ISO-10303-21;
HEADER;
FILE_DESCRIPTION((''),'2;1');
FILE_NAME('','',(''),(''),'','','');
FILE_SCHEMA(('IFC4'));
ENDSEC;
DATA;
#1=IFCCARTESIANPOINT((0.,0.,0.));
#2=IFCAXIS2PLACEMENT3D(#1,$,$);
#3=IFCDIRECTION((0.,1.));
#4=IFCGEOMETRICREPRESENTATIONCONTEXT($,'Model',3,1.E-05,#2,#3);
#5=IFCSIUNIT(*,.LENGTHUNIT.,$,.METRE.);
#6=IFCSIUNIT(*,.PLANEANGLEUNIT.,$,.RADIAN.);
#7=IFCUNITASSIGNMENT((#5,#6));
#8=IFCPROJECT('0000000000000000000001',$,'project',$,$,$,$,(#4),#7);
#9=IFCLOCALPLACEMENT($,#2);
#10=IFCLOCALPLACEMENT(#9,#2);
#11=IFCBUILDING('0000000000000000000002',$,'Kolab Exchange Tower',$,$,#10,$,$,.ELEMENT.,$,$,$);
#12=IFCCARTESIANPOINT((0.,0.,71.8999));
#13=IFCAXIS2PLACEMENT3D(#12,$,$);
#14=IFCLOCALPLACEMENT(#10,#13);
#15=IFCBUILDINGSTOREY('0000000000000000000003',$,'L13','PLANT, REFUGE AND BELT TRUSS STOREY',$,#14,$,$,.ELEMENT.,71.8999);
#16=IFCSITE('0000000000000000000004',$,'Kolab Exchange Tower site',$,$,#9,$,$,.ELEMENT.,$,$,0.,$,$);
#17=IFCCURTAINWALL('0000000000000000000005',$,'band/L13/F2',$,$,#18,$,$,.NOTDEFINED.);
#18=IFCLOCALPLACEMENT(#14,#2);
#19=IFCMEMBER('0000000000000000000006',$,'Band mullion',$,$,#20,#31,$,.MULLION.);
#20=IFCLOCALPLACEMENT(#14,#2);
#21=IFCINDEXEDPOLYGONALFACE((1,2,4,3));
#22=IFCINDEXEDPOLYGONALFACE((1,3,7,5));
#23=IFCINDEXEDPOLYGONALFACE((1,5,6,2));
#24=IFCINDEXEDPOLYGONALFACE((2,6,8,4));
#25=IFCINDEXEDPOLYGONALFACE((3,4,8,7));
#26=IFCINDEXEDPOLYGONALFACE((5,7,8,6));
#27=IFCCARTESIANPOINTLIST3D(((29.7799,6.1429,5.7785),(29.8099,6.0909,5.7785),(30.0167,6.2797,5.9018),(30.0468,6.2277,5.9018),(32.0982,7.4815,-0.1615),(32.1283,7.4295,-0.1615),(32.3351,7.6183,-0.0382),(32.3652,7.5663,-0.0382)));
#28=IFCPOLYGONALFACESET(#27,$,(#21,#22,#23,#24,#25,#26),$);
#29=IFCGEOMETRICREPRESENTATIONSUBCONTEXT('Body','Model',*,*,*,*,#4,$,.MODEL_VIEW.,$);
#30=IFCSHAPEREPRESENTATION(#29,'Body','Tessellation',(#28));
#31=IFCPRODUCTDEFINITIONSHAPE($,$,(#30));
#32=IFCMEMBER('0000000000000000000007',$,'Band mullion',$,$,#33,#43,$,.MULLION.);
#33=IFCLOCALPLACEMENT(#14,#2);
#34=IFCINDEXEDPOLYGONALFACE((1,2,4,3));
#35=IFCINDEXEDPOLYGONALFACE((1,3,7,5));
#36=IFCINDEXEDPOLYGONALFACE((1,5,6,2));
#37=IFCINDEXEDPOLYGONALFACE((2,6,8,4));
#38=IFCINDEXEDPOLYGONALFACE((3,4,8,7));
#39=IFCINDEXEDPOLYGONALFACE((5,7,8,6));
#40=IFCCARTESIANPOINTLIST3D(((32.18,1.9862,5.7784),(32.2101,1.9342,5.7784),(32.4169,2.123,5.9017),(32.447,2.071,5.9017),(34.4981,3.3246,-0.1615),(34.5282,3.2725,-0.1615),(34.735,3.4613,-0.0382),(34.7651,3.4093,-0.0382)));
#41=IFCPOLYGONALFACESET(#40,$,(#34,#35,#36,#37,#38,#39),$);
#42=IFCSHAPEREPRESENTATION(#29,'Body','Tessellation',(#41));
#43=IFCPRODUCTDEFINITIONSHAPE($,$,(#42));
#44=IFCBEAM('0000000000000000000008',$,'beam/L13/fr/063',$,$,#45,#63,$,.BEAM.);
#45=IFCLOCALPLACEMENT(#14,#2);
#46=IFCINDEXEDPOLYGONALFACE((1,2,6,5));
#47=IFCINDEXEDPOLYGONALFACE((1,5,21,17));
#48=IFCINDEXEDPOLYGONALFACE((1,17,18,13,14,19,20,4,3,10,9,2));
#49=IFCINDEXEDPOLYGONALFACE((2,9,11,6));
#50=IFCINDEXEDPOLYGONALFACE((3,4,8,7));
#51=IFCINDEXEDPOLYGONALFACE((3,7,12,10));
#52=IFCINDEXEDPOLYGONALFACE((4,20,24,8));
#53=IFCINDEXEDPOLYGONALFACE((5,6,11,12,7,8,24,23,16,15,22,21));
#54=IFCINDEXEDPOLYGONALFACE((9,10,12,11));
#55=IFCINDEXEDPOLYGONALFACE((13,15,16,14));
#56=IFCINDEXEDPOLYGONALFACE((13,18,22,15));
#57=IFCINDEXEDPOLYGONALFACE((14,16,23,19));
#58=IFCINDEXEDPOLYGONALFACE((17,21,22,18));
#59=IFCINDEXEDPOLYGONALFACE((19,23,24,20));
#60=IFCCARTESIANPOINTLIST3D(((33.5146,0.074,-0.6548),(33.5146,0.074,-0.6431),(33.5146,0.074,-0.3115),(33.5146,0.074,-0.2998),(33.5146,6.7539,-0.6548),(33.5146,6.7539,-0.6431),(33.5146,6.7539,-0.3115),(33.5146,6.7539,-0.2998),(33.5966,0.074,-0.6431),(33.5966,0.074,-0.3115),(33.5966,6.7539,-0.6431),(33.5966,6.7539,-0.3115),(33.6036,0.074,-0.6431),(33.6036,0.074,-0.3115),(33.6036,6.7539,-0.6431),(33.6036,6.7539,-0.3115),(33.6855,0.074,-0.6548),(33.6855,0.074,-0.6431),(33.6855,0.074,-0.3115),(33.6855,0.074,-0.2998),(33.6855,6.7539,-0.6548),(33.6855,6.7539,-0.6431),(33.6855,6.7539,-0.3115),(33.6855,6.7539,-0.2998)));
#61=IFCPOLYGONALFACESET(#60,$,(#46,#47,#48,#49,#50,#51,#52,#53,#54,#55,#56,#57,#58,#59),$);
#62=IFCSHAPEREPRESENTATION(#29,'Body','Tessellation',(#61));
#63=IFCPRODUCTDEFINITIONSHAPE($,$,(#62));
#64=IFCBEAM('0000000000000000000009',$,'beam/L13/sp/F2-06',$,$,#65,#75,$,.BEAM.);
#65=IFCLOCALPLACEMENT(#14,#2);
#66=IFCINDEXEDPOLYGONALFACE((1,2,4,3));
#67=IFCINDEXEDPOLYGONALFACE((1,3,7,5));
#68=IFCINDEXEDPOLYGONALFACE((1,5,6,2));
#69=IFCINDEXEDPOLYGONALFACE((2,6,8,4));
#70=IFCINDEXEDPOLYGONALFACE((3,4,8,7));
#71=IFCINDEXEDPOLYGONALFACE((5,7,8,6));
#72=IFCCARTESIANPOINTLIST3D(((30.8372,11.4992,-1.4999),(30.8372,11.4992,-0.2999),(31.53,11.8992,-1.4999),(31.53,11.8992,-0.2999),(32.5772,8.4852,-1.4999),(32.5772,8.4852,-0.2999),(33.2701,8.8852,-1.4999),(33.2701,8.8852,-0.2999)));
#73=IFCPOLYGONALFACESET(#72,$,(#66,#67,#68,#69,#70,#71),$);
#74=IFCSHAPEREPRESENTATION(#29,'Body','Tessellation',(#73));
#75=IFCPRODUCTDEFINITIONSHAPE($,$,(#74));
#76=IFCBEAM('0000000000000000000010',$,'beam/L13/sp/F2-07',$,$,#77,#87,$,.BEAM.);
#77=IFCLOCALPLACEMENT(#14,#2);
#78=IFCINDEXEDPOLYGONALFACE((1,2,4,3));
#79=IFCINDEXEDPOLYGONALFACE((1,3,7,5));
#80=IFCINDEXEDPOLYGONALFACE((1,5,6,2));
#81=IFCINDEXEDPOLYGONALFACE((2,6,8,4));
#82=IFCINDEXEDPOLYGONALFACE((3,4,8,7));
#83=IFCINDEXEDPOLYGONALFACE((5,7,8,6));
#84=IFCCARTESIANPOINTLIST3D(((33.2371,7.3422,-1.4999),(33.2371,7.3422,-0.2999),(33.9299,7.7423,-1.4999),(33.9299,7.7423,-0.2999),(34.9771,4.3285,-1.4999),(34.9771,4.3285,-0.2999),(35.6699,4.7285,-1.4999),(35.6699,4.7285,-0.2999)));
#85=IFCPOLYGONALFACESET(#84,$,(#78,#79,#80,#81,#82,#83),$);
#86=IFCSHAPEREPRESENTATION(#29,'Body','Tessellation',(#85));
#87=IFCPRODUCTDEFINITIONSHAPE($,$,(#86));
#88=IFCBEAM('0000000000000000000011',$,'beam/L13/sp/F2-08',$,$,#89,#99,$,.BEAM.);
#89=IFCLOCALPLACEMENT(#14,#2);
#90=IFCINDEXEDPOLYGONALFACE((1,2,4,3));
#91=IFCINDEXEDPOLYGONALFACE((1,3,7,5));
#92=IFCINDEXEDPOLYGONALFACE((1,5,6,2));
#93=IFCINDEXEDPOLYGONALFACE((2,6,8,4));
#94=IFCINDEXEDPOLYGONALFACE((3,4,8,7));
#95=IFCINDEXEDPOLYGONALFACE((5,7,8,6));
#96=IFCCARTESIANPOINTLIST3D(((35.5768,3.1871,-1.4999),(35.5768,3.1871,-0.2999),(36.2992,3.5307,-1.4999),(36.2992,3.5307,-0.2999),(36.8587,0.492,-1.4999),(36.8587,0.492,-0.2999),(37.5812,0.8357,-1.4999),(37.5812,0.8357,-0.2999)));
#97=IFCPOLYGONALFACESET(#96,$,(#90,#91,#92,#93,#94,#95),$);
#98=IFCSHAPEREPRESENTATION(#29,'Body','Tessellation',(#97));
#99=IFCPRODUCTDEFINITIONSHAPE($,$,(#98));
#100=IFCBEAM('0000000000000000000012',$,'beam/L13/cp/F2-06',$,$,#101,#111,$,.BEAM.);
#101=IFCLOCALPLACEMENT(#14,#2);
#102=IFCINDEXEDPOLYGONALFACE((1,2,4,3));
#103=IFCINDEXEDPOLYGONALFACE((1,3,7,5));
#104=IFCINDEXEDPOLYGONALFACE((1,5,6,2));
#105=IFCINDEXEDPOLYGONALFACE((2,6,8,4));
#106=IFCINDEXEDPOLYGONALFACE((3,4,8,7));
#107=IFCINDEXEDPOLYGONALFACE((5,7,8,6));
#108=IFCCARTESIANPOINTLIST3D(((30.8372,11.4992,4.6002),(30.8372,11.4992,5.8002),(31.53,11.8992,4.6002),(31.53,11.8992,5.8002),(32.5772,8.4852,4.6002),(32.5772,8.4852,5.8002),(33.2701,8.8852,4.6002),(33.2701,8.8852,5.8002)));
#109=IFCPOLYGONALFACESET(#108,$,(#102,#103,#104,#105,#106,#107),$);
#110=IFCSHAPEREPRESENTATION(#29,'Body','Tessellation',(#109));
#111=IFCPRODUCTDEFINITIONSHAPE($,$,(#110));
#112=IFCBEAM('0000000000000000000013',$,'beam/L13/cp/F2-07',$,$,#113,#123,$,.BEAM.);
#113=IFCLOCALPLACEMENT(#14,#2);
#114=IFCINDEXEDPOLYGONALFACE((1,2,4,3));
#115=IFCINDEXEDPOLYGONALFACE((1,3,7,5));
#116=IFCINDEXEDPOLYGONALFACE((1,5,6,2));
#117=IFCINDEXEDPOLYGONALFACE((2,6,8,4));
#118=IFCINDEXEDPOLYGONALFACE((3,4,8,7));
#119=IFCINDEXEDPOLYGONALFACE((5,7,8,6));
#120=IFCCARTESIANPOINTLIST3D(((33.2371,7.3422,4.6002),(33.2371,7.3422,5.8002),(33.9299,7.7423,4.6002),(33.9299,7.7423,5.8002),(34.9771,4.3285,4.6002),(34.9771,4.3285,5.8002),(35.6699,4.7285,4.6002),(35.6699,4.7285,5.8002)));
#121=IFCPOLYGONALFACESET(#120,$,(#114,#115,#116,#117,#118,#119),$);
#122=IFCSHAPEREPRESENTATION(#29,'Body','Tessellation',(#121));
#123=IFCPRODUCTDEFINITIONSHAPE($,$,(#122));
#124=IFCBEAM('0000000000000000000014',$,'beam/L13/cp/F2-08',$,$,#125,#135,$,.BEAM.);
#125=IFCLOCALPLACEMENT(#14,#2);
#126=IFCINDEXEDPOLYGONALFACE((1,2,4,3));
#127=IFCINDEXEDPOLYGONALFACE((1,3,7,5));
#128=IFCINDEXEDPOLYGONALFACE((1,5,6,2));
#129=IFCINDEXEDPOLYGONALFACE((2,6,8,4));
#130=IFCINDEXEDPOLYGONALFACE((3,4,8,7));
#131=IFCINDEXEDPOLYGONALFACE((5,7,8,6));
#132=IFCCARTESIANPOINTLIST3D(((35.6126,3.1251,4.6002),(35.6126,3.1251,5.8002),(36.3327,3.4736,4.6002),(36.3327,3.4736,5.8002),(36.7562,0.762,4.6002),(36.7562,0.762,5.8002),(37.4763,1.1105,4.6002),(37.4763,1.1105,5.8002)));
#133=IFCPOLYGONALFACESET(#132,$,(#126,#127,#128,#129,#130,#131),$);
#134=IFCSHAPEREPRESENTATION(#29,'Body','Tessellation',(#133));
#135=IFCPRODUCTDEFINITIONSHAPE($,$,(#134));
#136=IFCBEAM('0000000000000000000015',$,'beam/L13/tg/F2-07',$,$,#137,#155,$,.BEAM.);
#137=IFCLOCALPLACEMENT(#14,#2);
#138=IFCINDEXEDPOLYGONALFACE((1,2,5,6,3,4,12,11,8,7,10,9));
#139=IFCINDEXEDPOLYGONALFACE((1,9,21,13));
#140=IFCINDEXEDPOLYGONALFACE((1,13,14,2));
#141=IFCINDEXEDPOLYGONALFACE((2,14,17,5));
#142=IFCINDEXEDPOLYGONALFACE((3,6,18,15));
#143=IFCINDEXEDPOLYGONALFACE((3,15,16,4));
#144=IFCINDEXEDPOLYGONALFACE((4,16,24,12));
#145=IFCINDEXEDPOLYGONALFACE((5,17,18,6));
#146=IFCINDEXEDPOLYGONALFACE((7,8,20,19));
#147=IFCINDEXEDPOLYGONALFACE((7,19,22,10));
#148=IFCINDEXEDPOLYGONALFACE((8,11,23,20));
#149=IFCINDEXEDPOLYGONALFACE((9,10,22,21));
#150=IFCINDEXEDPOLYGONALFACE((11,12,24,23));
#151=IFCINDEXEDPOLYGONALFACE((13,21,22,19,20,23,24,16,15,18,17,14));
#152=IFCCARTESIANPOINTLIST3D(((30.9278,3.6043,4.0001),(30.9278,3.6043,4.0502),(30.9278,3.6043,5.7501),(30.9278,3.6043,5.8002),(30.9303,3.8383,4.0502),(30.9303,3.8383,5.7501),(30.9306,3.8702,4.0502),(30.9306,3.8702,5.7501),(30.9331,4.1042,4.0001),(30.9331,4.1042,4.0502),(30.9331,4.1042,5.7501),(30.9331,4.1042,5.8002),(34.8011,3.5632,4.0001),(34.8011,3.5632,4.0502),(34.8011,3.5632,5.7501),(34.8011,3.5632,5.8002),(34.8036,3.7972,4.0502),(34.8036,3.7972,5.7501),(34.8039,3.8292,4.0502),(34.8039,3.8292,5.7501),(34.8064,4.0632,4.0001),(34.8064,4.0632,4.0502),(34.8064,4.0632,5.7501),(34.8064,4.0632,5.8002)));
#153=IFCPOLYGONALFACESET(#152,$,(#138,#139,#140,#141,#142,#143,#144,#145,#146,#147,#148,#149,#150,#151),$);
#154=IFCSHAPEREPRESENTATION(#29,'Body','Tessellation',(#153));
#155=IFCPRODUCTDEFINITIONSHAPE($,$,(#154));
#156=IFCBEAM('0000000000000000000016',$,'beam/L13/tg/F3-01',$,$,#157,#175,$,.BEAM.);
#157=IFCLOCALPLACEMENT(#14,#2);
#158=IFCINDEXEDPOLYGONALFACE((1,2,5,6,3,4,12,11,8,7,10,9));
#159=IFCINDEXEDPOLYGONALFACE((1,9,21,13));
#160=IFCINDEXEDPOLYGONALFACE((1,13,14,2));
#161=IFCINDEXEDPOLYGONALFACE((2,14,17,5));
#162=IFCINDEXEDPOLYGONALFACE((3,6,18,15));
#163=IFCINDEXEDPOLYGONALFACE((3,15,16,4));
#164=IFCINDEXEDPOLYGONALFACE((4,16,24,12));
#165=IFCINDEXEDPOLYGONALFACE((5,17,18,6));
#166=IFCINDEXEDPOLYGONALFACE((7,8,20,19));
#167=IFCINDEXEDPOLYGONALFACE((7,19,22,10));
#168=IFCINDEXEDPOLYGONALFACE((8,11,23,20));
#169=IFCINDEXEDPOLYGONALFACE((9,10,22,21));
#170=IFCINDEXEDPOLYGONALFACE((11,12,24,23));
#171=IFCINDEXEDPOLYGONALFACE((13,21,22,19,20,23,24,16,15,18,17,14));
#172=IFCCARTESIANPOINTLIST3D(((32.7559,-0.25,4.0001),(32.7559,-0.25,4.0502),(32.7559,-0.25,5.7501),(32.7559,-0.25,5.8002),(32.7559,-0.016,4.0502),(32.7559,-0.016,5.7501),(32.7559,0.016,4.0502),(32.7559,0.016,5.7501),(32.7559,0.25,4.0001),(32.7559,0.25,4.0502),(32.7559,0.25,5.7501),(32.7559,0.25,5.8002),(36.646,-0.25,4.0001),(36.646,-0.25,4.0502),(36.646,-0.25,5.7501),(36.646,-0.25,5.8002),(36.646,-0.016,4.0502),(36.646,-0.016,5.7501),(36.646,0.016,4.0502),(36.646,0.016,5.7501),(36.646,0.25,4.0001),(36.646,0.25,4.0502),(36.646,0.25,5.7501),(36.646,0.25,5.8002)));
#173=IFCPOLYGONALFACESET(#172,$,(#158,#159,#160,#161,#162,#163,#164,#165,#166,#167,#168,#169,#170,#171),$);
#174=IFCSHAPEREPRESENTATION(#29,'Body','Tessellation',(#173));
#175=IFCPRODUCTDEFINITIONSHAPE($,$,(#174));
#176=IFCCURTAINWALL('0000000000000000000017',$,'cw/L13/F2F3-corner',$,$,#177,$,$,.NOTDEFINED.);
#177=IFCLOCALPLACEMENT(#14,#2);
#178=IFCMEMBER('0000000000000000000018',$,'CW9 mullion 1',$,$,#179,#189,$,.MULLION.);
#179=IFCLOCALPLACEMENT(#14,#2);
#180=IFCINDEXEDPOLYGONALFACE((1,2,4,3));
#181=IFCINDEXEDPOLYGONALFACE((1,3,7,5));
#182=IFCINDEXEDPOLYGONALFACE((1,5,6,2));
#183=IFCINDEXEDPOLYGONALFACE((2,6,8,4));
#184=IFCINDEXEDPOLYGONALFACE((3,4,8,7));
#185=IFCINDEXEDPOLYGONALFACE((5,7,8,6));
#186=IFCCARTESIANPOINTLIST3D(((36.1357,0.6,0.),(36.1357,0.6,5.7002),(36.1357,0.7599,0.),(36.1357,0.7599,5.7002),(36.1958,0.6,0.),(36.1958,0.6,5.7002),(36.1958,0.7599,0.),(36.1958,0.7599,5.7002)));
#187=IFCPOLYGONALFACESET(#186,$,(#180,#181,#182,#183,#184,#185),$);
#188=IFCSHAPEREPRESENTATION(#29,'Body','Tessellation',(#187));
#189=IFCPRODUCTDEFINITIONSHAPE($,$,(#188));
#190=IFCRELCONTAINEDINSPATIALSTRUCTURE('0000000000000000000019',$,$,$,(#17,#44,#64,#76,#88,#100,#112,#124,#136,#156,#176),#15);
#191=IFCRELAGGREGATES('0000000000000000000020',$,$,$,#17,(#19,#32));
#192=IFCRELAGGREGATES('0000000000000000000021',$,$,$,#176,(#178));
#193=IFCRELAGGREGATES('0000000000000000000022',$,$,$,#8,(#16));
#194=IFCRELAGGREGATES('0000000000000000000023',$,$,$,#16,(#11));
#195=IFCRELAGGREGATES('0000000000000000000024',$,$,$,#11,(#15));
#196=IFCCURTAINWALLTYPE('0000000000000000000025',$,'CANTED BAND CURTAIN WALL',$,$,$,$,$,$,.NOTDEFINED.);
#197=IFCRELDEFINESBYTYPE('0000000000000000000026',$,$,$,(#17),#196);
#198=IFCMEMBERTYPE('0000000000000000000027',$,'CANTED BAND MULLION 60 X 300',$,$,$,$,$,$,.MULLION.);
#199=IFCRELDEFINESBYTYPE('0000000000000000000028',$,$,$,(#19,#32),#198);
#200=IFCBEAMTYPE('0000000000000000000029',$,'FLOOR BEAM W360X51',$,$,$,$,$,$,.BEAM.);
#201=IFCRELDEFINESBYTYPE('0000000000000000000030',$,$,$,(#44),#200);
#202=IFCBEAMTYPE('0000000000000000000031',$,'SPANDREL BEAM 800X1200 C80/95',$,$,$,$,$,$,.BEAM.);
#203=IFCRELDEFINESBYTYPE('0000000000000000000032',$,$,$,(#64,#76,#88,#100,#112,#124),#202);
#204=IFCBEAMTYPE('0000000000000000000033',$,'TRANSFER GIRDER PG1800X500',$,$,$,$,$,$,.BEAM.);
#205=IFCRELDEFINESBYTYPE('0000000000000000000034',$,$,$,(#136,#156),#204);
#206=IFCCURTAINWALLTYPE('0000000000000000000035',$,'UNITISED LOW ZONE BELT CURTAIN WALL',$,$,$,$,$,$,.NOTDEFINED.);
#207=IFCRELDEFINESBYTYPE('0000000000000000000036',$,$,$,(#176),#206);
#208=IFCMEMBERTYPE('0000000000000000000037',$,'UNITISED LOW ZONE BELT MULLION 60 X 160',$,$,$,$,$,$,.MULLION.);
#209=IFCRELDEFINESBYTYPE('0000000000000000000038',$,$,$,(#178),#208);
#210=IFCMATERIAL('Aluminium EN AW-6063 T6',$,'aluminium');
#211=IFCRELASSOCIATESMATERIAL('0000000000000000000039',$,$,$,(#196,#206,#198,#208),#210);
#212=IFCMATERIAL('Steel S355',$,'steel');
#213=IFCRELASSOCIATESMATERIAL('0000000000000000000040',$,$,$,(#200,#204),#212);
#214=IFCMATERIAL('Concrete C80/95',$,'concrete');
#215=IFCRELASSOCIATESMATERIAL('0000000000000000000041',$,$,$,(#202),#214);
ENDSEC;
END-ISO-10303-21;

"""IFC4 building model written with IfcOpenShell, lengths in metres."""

from ifc_helpers import new_model, si_unit, direction, frame, origin, origin_2d, place, context, subcontext, project, spatial, rectangle, i_section, extrude, material, material_profile, profile_set, type_object, element, aggregate, save


model = new_model("IFC4")

# Units and contexts
model_context = context("Model", 3, precision=1e-05, world=origin(), true_north=direction((0.0, 1.0)))
body_context = subcontext(model_context, "Body", "Model", "MODEL_VIEW")
ifc_project = project(units=[si_unit("LENGTHUNIT", "METRE"), si_unit("PLANEANGLEUNIT", "RADIAN")], contexts=[model_context])

# Site, building, storey
site_placement = place(None, origin())
site = spatial("IfcSite", under=ifc_project, at=site_placement, Name="Kolab Exchange Tower site", CompositionType="ELEMENT", RefElevation=0.0)
building_placement = place(site_placement, origin())
building = spatial("IfcBuilding", under=site, at=building_placement, Name="Kolab Exchange Tower", CompositionType="ELEMENT")
storey_placement = place(building_placement, frame((0.0, 0.0, 71.8999)))
storey = spatial("IfcBuildingStorey", under=building, at=storey_placement, Name="L13", Description="PLANT, REFUGE AND BELT TRUSS STOREY", CompositionType="ELEMENT", Elevation=71.8999)

# Shared definitions
ifc_material_1 = material(Name="Concrete C80/95", Category="concrete")

# Shared definitions
ifc_material_2 = material(Name="Steel S355", Category="steel")

# Curtain wall, members
ifc_material_3 = material(Name="Aluminium EN AW-6063 T6", Category="aluminium")
curtain_wall_type_1 = type_object("IfcCurtainWallType", Name="CANTED BAND CURTAIN WALL", PredefinedType="NOTDEFINED", material=ifc_material_3)
curtain_wall_1_placement = place(storey_placement, origin())
curtain_wall_1 = element("IfcCurtainWall", 1, at=curtain_wall_1_placement, inside=storey, type_object=curtain_wall_type_1, Name="band/L13/F2", PredefinedType="NOTDEFINED")
ifc_material_profile_1 = material_profile(ifc_material_3, rectangle(XDim=0.0601, YDim=0.3, at=origin_2d()), Name="RECT 60X300")
ifc_profile_set_1 = profile_set([ifc_material_profile_1], Name="Aluminium EN AW-6063 T6")
member_type_1 = type_object("IfcMemberType", Name="CANTED BAND MULLION 60 X 300", PredefinedType="MULLION", material=ifc_profile_set_1)
member_1_placement = place(storey_placement, frame((32.2317, 7.5239, -0.0999), z_axis=(-0.355831, -0.205457, 0.911686), x_axis=(0.500033, -0.866006, 0.0)))
member_1 = element("IfcMember", 2, at=member_1_placement, type_object=member_type_1, Name="Band mullion", PredefinedType="MULLION", context=body_context, shape_type="SweptSolid", body=[
    extrude(rectangle(XDim=0.0601, YDim=0.3, at=origin_2d()), origin(), (0.0, 0.0, 1.0), 6.5154),
])
member_2_placement = place(storey_placement, frame((34.6316, 3.3669, -0.0999), z_axis=(-0.355801, -0.205424, 0.911705), x_axis=(0.500004, -0.866023, 0.0)))
member_2 = element("IfcMember", 3, at=member_2_placement, type_object=member_type_1, Name="Band mullion", PredefinedType="MULLION", context=body_context, shape_type="SweptSolid", body=[
    extrude(rectangle(XDim=0.0601, YDim=0.3, at=origin_2d()), origin(), (0.0, 0.0, 1.0), 6.5151),
])

# Beams
ifc_material_profile_2 = material_profile(ifc_material_2, i_section(OverallWidth=0.1709, OverallDepth=0.355, WebThickness=0.0071, FlangeThickness=0.0117, at=origin_2d()), Name="W360X51")
ifc_profile_set_2 = profile_set([ifc_material_profile_2], Name="Steel S355")
beam_type_1 = type_object("IfcBeamType", Name="FLOOR BEAM W360X51", PredefinedType="BEAM", material=ifc_profile_set_2)
beam_1_placement = place(storey_placement, frame((33.6001, 0.074, -0.4773), z_axis=(0.0, 1.0, 0.0), x_axis=(-1.0, 0.0, 0.0)))
element("IfcBeam", 4, at=beam_1_placement, inside=storey, type_object=beam_type_1, Name="beam/L13/fr/063", PredefinedType="BEAM", context=body_context, shape_type="SweptSolid", body=[
    extrude(i_section(OverallWidth=0.1709, OverallDepth=0.355, WebThickness=0.0071, FlangeThickness=0.0117, at=origin_2d()), origin(), (0.0, 0.0, 1.0), 6.6799),
])
ifc_material_profile_3 = material_profile(ifc_material_1, rectangle(XDim=0.8, YDim=1.2, at=origin_2d()), Name="RC800X1200")
ifc_profile_set_3 = profile_set([ifc_material_profile_3], Name="Concrete C80/95")
beam_type_2 = type_object("IfcBeamType", Name="SPANDREL BEAM 800X1200 C80/95", PredefinedType="BEAM", material=ifc_profile_set_3)
beam_2_placement = place(storey_placement, frame((31.1836, 11.6992, -0.8999), z_axis=(0.49998, -0.866037, 0.0), x_axis=(0.866037, 0.49998, 0.0)))
element("IfcBeam", 5, at=beam_2_placement, inside=storey, type_object=beam_type_2, Name="beam/L13/sp/F2-06", PredefinedType="BEAM", context=body_context, shape_type="SweptSolid", body=[
    extrude(rectangle(XDim=0.8, YDim=1.2, at=origin_2d()), origin(), (0.0, 0.0, 1.0), 3.4802),
])
beam_3_placement = place(storey_placement, frame((33.5835, 7.5422, -0.8999), z_axis=(0.50001, -0.86602, 0.0), x_axis=(0.86602, 0.50001, 0.0)))
element("IfcBeam", 6, at=beam_3_placement, inside=storey, type_object=beam_type_2, Name="beam/L13/sp/F2-07", PredefinedType="BEAM", context=body_context, shape_type="SweptSolid", body=[
    extrude(rectangle(XDim=0.8, YDim=1.2, at=origin_2d()), origin(), (0.0, 0.0, 1.0), 3.48),
])
beam_4_placement = place(storey_placement, frame((35.938, 3.3589, -0.8999), z_axis=(0.429556, -0.90304, 0.0), x_axis=(0.90304, 0.429556, 0.0)))
element("IfcBeam", 7, at=beam_4_placement, inside=storey, type_object=beam_type_2, Name="beam/L13/sp/F2-08", PredefinedType="BEAM", context=body_context, shape_type="SweptSolid", body=[
    extrude(rectangle(XDim=0.8, YDim=1.2, at=origin_2d()), origin(), (0.0, 0.0, 1.0), 2.9844),
])
beam_5_placement = place(storey_placement, frame((31.1836, 11.6992, 5.2002), z_axis=(0.49998, -0.866037, 0.0), x_axis=(0.866037, 0.49998, 0.0)))
element("IfcBeam", 8, at=beam_5_placement, inside=storey, type_object=beam_type_2, Name="beam/L13/cp/F2-06", PredefinedType="BEAM", context=body_context, shape_type="SweptSolid", body=[
    extrude(rectangle(XDim=0.8, YDim=1.2, at=origin_2d()), origin(), (0.0, 0.0, 1.0), 3.4802),
])
beam_6_placement = place(storey_placement, frame((33.5835, 7.5422, 5.2002), z_axis=(0.50001, -0.86602, 0.0), x_axis=(0.86602, 0.50001, 0.0)))
element("IfcBeam", 9, at=beam_6_placement, inside=storey, type_object=beam_type_2, Name="beam/L13/cp/F2-07", PredefinedType="BEAM", context=body_context, shape_type="SweptSolid", body=[
    extrude(rectangle(XDim=0.8, YDim=1.2, at=origin_2d()), origin(), (0.0, 0.0, 1.0), 3.48),
])
beam_7_placement = place(storey_placement, frame((35.9727, 3.2993, 5.2002), z_axis=(0.435607, -0.900137, 0.0), x_axis=(0.900137, 0.435607, 0.0)))
element("IfcBeam", 10, at=beam_7_placement, inside=storey, type_object=beam_type_2, Name="beam/L13/cp/F2-08", PredefinedType="BEAM", context=body_context, shape_type="SweptSolid", body=[
    extrude(rectangle(XDim=0.8, YDim=1.2, at=origin_2d()), origin(), (0.0, 0.0, 1.0), 2.6252),
])
ifc_material_profile_4 = material_profile(ifc_material_2, i_section(OverallWidth=0.5, OverallDepth=1.8, WebThickness=0.032, FlangeThickness=0.05, at=origin_2d()), Name="PG1800X500")
ifc_profile_set_4 = profile_set([ifc_material_profile_4], Name="Steel S355")
beam_type_3 = type_object("IfcBeamType", Name="TRANSFER GIRDER PG1800X500", PredefinedType="BEAM", material=ifc_profile_set_4)
beam_8_placement = place(storey_placement, frame((30.9304, 3.8542, 4.9001), z_axis=(0.999944, -0.010589, 0.0), x_axis=(0.010589, 0.999944, 0.0)))
element("IfcBeam", 11, at=beam_8_placement, inside=storey, type_object=beam_type_3, Name="beam/L13/tg/F2-07", PredefinedType="BEAM", context=body_context, shape_type="SweptSolid", body=[
    extrude(i_section(OverallWidth=0.5, OverallDepth=1.8, WebThickness=0.032, FlangeThickness=0.05, at=origin_2d()), origin(), (0.0, 0.0, 1.0), 3.8735),
])
beam_9_placement = place(storey_placement, frame((32.7559, 0.0, 4.9001), z_axis=(1.0, 0.0, 0.0), x_axis=(0.0, 1.0, 0.0)))
element("IfcBeam", 12, at=beam_9_placement, inside=storey, type_object=beam_type_3, Name="beam/L13/tg/F3-01", PredefinedType="BEAM", context=body_context, shape_type="SweptSolid", body=[
    extrude(i_section(OverallWidth=0.5, OverallDepth=1.8, WebThickness=0.032, FlangeThickness=0.05, at=origin_2d()), origin(), (0.0, 0.0, 1.0), 3.8901),
])

# Curtain wall, member
curtain_wall_type_2 = type_object("IfcCurtainWallType", Name="UNITISED LOW ZONE BELT CURTAIN WALL", PredefinedType="NOTDEFINED", material=ifc_material_3)
curtain_wall_2_placement = place(storey_placement, origin())
curtain_wall_2 = element("IfcCurtainWall", 13, at=curtain_wall_2_placement, inside=storey, type_object=curtain_wall_type_2, Name="cw/L13/F2F3-corner", PredefinedType="NOTDEFINED")
ifc_material_profile_5 = material_profile(ifc_material_3, rectangle(XDim=0.0601, YDim=0.1599, at=origin_2d()), Name="RECT 60X160")
ifc_profile_set_5 = profile_set([ifc_material_profile_5], Name="Aluminium EN AW-6063 T6")
member_type_2 = type_object("IfcMemberType", Name="UNITISED LOW ZONE BELT MULLION 60 X 160", PredefinedType="MULLION", material=ifc_profile_set_5)
member_3_placement = place(storey_placement, frame((36.1658, 0.6799, 0.0), z_axis=(0.0, 0.0, 1.0), x_axis=(1.0, 0.0, 0.0)))
member_3 = element("IfcMember", 14, at=member_3_placement, type_object=member_type_2, Name="CW9 mullion 1", PredefinedType="MULLION", context=body_context, shape_type="SweptSolid", body=[
    extrude(rectangle(XDim=0.0601, YDim=0.1599, at=origin_2d()), origin(), (0.0, 0.0, 1.0), 5.7002),
])

aggregate(curtain_wall_1, [member_1, member_2])
aggregate(curtain_wall_2, [member_3])

save(model, "model.ifc")
